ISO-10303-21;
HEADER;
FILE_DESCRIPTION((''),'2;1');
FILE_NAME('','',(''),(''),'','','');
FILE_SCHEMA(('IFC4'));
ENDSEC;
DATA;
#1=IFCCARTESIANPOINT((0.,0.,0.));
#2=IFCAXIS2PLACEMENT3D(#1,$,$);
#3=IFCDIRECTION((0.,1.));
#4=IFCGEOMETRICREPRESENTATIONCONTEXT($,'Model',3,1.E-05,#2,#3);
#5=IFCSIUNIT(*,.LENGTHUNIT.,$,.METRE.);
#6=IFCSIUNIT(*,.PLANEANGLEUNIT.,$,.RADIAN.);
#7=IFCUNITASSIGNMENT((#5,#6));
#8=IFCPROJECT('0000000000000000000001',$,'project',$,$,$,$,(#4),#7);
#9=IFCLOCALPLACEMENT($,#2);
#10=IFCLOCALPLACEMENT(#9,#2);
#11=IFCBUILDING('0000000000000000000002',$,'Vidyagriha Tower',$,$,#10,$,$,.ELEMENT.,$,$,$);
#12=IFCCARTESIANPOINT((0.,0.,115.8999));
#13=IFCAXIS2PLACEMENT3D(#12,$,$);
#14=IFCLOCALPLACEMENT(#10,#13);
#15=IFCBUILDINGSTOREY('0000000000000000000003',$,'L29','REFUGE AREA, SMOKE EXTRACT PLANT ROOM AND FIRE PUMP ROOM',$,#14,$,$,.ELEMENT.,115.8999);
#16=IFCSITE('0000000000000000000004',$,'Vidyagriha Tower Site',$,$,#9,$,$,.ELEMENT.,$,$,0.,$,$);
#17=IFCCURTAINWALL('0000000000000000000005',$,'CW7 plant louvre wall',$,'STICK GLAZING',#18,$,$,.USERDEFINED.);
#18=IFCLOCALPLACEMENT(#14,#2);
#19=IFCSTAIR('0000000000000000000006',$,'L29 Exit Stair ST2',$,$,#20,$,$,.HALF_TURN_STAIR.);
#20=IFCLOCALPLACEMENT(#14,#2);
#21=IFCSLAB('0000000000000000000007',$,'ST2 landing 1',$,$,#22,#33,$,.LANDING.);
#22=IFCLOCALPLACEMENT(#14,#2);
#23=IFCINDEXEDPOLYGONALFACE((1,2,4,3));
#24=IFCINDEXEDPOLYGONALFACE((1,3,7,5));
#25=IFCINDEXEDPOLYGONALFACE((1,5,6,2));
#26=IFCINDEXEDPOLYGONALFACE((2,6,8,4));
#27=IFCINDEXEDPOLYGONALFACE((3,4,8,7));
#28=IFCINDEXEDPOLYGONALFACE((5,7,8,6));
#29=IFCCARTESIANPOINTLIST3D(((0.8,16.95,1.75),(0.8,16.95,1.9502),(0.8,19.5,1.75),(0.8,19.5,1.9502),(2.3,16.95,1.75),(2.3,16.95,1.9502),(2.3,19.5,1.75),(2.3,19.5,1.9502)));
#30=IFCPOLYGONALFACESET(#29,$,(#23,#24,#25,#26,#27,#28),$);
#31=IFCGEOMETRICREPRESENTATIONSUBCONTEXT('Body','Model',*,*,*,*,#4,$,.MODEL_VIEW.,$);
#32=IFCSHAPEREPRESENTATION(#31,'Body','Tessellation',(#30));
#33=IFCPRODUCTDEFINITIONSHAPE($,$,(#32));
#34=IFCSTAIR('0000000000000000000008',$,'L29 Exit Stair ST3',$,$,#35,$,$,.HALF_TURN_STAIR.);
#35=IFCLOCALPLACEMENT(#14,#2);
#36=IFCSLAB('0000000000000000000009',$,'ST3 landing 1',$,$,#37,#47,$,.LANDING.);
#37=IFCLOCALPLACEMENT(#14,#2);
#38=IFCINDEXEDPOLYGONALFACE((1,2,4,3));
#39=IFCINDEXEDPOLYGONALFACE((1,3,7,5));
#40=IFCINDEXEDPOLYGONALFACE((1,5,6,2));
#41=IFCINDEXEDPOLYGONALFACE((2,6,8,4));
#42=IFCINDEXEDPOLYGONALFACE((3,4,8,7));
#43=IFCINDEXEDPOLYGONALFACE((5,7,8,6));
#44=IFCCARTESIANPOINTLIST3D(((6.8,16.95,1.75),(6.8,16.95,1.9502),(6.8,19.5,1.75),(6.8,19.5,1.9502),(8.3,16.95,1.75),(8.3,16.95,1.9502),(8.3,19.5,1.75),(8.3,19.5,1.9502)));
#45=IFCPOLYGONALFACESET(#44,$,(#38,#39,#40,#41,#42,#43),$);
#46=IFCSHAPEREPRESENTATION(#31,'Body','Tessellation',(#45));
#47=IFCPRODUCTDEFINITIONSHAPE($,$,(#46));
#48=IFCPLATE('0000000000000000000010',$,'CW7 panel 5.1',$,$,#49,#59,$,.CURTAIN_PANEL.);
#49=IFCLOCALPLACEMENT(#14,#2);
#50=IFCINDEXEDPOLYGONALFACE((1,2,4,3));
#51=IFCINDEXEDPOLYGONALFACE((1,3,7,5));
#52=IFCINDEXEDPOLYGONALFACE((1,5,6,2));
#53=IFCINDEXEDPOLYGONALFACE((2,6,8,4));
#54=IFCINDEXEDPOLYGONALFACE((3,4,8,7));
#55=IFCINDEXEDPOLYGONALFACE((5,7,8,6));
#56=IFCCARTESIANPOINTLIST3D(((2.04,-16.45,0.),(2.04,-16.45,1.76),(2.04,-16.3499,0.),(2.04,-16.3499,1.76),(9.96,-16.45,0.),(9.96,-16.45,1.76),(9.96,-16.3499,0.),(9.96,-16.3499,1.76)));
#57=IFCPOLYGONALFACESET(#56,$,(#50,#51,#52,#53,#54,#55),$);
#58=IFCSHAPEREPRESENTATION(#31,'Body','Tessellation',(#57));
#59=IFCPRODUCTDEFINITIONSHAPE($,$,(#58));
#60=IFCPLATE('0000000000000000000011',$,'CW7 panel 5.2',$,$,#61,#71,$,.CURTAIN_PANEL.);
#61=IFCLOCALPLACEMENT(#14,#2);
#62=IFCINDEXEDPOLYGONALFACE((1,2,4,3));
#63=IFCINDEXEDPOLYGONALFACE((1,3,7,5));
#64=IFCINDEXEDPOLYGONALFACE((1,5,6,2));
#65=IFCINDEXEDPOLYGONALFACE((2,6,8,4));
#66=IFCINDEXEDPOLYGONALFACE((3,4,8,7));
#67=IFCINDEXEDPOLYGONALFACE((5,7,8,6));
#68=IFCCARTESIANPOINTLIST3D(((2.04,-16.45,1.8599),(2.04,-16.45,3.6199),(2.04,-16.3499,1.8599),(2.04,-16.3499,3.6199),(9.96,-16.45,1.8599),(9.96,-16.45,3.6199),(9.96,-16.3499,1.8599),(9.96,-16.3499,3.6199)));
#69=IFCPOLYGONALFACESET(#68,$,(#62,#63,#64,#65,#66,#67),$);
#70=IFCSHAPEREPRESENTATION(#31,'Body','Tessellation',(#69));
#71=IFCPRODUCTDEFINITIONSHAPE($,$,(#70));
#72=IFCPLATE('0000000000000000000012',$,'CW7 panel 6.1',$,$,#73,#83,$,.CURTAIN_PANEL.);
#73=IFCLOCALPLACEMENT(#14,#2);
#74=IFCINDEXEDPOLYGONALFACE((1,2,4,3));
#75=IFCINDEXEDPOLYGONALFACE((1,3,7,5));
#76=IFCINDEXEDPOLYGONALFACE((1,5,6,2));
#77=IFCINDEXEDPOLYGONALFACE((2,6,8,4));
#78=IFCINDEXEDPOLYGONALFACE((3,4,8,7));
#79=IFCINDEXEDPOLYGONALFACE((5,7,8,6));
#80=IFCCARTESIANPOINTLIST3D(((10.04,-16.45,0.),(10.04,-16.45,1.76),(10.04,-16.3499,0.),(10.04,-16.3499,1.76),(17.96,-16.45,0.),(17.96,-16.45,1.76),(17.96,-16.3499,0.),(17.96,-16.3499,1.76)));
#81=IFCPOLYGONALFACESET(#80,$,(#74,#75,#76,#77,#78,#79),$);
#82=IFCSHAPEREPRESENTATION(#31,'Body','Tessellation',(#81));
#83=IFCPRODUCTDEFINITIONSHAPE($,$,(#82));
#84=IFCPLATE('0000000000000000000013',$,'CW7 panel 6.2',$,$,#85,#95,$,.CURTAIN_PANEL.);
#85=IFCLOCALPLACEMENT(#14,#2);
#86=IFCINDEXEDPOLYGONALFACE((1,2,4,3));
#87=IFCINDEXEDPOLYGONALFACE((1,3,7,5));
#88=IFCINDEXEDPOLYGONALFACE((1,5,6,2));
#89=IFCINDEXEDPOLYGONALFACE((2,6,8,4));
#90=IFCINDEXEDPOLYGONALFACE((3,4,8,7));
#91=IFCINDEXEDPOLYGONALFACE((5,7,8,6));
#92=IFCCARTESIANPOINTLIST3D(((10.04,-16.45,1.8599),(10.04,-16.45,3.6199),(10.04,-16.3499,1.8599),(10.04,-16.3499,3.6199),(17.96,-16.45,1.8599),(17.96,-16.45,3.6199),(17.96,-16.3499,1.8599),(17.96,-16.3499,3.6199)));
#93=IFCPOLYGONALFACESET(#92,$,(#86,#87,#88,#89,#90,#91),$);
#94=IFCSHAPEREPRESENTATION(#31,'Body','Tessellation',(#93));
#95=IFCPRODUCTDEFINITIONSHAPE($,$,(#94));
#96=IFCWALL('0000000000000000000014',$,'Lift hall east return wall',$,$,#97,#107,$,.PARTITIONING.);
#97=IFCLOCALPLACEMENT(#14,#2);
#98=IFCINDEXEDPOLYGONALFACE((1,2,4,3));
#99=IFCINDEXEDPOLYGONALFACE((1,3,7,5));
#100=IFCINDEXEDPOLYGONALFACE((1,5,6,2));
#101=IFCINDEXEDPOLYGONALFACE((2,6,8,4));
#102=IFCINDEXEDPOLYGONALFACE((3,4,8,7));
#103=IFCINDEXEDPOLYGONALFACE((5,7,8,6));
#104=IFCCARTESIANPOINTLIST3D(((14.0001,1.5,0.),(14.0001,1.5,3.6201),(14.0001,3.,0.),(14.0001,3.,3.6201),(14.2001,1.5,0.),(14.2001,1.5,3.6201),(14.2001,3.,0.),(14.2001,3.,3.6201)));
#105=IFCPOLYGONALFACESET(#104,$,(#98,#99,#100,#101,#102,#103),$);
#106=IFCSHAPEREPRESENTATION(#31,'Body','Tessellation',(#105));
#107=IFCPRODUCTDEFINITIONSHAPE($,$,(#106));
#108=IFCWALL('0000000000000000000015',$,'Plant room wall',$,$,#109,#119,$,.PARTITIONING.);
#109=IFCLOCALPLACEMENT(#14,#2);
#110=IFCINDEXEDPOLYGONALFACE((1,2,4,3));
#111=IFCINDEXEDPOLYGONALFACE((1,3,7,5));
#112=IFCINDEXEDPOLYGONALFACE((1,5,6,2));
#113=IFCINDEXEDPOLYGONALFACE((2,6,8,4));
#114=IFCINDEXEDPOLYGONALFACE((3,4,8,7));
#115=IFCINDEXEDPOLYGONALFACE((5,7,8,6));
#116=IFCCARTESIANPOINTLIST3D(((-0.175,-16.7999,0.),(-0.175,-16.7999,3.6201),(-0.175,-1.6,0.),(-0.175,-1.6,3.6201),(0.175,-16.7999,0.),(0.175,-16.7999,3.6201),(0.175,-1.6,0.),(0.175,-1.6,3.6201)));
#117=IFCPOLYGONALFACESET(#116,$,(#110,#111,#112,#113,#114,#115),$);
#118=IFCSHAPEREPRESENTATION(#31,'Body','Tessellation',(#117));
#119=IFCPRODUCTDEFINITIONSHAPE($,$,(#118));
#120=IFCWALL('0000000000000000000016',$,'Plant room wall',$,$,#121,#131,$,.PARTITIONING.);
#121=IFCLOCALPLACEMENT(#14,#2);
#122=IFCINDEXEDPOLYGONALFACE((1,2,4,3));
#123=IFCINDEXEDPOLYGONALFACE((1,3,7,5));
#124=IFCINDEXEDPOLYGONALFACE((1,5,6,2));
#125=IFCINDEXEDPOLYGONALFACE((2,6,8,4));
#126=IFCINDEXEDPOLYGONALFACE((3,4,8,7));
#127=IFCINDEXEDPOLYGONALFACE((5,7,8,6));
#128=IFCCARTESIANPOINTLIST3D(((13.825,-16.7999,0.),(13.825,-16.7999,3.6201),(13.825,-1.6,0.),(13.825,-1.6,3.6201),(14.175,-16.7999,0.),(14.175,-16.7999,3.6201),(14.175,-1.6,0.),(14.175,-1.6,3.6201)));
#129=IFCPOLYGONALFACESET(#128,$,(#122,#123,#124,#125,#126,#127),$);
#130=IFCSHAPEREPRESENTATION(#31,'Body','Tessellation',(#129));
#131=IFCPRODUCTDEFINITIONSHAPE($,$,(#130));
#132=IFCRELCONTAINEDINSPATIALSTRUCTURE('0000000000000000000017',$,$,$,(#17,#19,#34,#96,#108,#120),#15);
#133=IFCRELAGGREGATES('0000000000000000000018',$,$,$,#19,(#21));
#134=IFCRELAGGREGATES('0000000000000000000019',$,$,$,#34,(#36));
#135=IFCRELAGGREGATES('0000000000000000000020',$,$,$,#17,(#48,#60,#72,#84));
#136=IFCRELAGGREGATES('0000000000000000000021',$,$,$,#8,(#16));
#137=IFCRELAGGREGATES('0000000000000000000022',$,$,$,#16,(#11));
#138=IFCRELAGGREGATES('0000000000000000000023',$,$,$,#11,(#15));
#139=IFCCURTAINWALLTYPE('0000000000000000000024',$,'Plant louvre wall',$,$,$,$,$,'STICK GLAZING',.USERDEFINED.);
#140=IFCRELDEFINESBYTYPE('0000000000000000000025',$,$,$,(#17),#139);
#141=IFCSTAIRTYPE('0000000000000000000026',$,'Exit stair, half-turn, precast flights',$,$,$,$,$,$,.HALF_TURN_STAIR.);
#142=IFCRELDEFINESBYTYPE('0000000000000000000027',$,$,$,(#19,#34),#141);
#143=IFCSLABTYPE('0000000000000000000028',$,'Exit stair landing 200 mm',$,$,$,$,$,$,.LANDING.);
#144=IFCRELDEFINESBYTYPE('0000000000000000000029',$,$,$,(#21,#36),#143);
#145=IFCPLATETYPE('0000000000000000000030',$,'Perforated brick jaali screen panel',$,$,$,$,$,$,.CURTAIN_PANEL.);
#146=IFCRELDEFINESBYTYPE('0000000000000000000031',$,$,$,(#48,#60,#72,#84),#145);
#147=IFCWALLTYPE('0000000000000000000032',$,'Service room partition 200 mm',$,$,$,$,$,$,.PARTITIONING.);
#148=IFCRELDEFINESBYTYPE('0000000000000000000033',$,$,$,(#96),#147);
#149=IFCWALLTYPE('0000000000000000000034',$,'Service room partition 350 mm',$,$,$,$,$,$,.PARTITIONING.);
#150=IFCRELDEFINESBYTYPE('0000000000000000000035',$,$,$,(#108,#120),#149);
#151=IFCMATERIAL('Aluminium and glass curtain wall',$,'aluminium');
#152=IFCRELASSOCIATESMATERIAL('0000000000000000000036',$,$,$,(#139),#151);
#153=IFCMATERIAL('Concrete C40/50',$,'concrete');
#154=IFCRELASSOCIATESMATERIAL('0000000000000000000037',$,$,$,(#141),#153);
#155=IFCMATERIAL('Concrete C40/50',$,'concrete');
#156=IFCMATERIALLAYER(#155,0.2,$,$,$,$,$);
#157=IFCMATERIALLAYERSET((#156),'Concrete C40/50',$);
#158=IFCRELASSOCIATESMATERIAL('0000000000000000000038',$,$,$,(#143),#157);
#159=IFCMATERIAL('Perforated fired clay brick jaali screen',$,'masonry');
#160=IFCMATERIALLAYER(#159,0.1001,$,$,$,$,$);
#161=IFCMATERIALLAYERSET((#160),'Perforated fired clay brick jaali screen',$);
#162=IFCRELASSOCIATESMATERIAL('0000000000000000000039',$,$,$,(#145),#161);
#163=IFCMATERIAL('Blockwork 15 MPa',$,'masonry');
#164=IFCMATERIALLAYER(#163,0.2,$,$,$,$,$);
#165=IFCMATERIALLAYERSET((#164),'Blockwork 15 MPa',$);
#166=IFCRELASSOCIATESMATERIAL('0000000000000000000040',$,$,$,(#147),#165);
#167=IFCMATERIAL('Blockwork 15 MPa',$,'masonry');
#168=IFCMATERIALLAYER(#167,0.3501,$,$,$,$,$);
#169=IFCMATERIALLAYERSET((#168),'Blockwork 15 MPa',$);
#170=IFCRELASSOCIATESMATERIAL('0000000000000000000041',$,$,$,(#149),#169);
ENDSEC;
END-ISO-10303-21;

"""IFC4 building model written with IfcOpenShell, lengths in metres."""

from ifc_helpers import new_model, si_unit, direction, frame, frame_2d, origin, origin_2d, place, context, subcontext, project, spatial, polyline, rectangle, outline, extrude, material, layer, layer_set, type_object, element, aggregate, save


model = new_model("IFC4")

# Units and contexts
model_context = context("Model", 3, precision=1e-05, world=origin(), true_north=direction((0.0, 1.0)))
body_context = subcontext(model_context, "Body", "Model", "MODEL_VIEW")
ifc_project = project(units=[si_unit("LENGTHUNIT", "METRE"), si_unit("PLANEANGLEUNIT", "RADIAN")], contexts=[model_context])

# Site, building, storey
site_placement = place(None, origin())
site = spatial("IfcSite", under=ifc_project, at=site_placement, Name="Vidyagriha Tower Site", CompositionType="ELEMENT", RefElevation=0.0)
building_placement = place(site_placement, origin())
building = spatial("IfcBuilding", under=site, at=building_placement, Name="Vidyagriha Tower", CompositionType="ELEMENT")
storey_placement = place(building_placement, frame((0.0, 0.0, 115.8999)))
storey = spatial("IfcBuildingStorey", under=building, at=storey_placement, Name="L29", Description="REFUGE AREA, SMOKE EXTRACT PLANT ROOM AND FIRE PUMP ROOM", CompositionType="ELEMENT", Elevation=115.8999)

# Curtain wall
ifc_material_1 = material(Name="Aluminium and glass curtain wall", Category="aluminium")
curtain_wall_type = type_object("IfcCurtainWallType", Name="Plant louvre wall", ElementType="STICK GLAZING", PredefinedType="USERDEFINED", material=ifc_material_1)
curtain_wall_placement = place(storey_placement, origin())
curtain_wall = element("IfcCurtainWall", 1, at=curtain_wall_placement, inside=storey, type_object=curtain_wall_type, Name="CW7 plant louvre wall", ObjectType="STICK GLAZING", PredefinedType="USERDEFINED")

# Stairs, slabs
ifc_material_2 = material(Name="Concrete C40/50", Category="concrete")
stair_type = type_object("IfcStairType", Name="Exit stair, half-turn, precast flights", PredefinedType="HALF_TURN_STAIR", material=ifc_material_2)
ifc_material_3 = material(Name="Concrete C40/50", Category="concrete")
ifc_layer_1 = layer(ifc_material_3, 0.2)
ifc_layer_set_1 = layer_set([ifc_layer_1], Name="Concrete C40/50")
slab_type_1 = type_object("IfcSlabType", Name="Exit stair landing 200 mm", PredefinedType="LANDING", material=ifc_layer_set_1)
stair_1_placement = place(storey_placement, origin())
stair_1 = element("IfcStair", 2, at=stair_1_placement, inside=storey, type_object=stair_type, Name="L29 Exit Stair ST2", PredefinedType="HALF_TURN_STAIR")
slab_1_placement = place(storey_placement, frame((0.0, 0.0, 1.75)))
slab_1 = element("IfcSlab", 3, at=slab_1_placement, type_object=slab_type_1, Name="ST2 landing 1", PredefinedType="LANDING", context=body_context, shape_type="SweptSolid", body=[
    extrude(outline(polyline([(0.8, 16.95), (2.3, 16.95), (2.3, 19.5), (0.8, 19.5), (0.8, 16.95)])), origin(), (0.0, 0.0, 1.0), 0.2002),
])
aggregate(stair_1, [slab_1])
stair_2_placement = place(storey_placement, origin())
stair_2 = element("IfcStair", 4, at=stair_2_placement, inside=storey, type_object=stair_type, Name="L29 Exit Stair ST3", PredefinedType="HALF_TURN_STAIR")
slab_2_placement = place(storey_placement, frame((0.0, 0.0, 1.75)))
slab_2 = element("IfcSlab", 5, at=slab_2_placement, type_object=slab_type_1, Name="ST3 landing 1", PredefinedType="LANDING", context=body_context, shape_type="SweptSolid", body=[
    extrude(outline(polyline([(6.8, 16.95), (8.3, 16.95), (8.3, 19.5), (6.8, 19.5), (6.8, 16.95)])), origin(), (0.0, 0.0, 1.0), 0.2002),
])
aggregate(stair_2, [slab_2])

# Plates
ifc_material_4 = material(Name="Perforated fired clay brick jaali screen", Category="masonry")
ifc_layer_2 = layer(ifc_material_4, 0.1001)
ifc_layer_set_2 = layer_set([ifc_layer_2], Name="Perforated fired clay brick jaali screen")
plate_type = type_object("IfcPlateType", Name="Perforated brick jaali screen panel", PredefinedType="CURTAIN_PANEL", material=ifc_layer_set_2)
plate_1_placement = place(storey_placement, frame((6.0, -16.3999, 0.0)))
plate_1 = element("IfcPlate", 6, at=plate_1_placement, type_object=plate_type, Name="CW7 panel 5.1", PredefinedType="CURTAIN_PANEL", context=body_context, shape_type="SweptSolid", body=[
    extrude(rectangle(XDim=7.9199, YDim=0.1001, at=origin_2d()), origin(), (0.0, 0.0, 1.0), 1.76),
])
plate_2_placement = place(storey_placement, frame((6.0, -16.3999, 1.8599)))
plate_2 = element("IfcPlate", 7, at=plate_2_placement, type_object=plate_type, Name="CW7 panel 5.2", PredefinedType="CURTAIN_PANEL", context=body_context, shape_type="SweptSolid", body=[
    extrude(rectangle(XDim=7.9199, YDim=0.1001, at=origin_2d()), origin(), (0.0, 0.0, 1.0), 1.76),
])
plate_3_placement = place(storey_placement, frame((14.0, -16.3999, 0.0)))
plate_3 = element("IfcPlate", 8, at=plate_3_placement, type_object=plate_type, Name="CW7 panel 6.1", PredefinedType="CURTAIN_PANEL", context=body_context, shape_type="SweptSolid", body=[
    extrude(rectangle(XDim=7.9199, YDim=0.1001, at=origin_2d()), origin(), (0.0, 0.0, 1.0), 1.76),
])
plate_4_placement = place(storey_placement, frame((14.0, -16.3999, 1.8599)))
plate_4 = element("IfcPlate", 9, at=plate_4_placement, type_object=plate_type, Name="CW7 panel 6.2", PredefinedType="CURTAIN_PANEL", context=body_context, shape_type="SweptSolid", body=[
    extrude(rectangle(XDim=7.9199, YDim=0.1001, at=origin_2d()), origin(), (0.0, 0.0, 1.0), 1.76),
])
aggregate(curtain_wall, [plate_1, plate_2, plate_3, plate_4])

# Walls
ifc_material_5 = material(Name="Blockwork 15 MPa", Category="masonry")
ifc_layer_3 = layer(ifc_material_5, 0.2)
ifc_layer_set_3 = layer_set([ifc_layer_3], Name="Blockwork 15 MPa")
wall_type_1 = type_object("IfcWallType", Name="Service room partition 200 mm", PredefinedType="PARTITIONING", material=ifc_layer_set_3)
wall_placement = place(storey_placement, frame((14.1001, 1.5, 0.0), z_axis=(0.0, 0.0, 1.0), x_axis=(0.0, 1.0, 0.0)))
element("IfcWall", 10, at=wall_placement, inside=storey, type_object=wall_type_1, Name="Lift hall east return wall", PredefinedType="PARTITIONING", context=body_context, shape_type="SweptSolid", body=[
    extrude(rectangle(XDim=1.5, YDim=0.2, at=frame_2d((0.75, 0.0))), origin(), (0.0, 0.0, 1.0), 3.6201),
])
ifc_material_6 = material(Name="Blockwork 15 MPa", Category="masonry")
ifc_layer_4 = layer(ifc_material_6, 0.3501)
ifc_layer_set_4 = layer_set([ifc_layer_4], Name="Blockwork 15 MPa")
wall_type_2 = type_object("IfcWallType", Name="Service room partition 350 mm", PredefinedType="PARTITIONING", material=ifc_layer_set_4)
for number, where, z_axis, x_axis, name in (
    (11, (0.0, -16.8, 0.0), (0.0, 0.0, 1.0), (0.0, 1.0, 0.0), "Plant room wall"),
    (12, (14.0, -16.8, 0.0), (0.0, 0.0, 1.0), (0.0, 1.0, 0.0), "Plant room wall"),
):
    element("IfcWall", number, at=place(storey_placement, frame(where, z_axis=z_axis, x_axis=x_axis)), inside=storey, type_object=wall_type_2, Name=name, PredefinedType="PARTITIONING", context=body_context, shape_type="SweptSolid", body=[
        extrude(rectangle(XDim=15.2, YDim=0.3501, at=frame_2d((7.6001, 0.0))), origin(), (0.0, 0.0, 1.0), 3.6201),
    ])

save(model, "model.ifc")
